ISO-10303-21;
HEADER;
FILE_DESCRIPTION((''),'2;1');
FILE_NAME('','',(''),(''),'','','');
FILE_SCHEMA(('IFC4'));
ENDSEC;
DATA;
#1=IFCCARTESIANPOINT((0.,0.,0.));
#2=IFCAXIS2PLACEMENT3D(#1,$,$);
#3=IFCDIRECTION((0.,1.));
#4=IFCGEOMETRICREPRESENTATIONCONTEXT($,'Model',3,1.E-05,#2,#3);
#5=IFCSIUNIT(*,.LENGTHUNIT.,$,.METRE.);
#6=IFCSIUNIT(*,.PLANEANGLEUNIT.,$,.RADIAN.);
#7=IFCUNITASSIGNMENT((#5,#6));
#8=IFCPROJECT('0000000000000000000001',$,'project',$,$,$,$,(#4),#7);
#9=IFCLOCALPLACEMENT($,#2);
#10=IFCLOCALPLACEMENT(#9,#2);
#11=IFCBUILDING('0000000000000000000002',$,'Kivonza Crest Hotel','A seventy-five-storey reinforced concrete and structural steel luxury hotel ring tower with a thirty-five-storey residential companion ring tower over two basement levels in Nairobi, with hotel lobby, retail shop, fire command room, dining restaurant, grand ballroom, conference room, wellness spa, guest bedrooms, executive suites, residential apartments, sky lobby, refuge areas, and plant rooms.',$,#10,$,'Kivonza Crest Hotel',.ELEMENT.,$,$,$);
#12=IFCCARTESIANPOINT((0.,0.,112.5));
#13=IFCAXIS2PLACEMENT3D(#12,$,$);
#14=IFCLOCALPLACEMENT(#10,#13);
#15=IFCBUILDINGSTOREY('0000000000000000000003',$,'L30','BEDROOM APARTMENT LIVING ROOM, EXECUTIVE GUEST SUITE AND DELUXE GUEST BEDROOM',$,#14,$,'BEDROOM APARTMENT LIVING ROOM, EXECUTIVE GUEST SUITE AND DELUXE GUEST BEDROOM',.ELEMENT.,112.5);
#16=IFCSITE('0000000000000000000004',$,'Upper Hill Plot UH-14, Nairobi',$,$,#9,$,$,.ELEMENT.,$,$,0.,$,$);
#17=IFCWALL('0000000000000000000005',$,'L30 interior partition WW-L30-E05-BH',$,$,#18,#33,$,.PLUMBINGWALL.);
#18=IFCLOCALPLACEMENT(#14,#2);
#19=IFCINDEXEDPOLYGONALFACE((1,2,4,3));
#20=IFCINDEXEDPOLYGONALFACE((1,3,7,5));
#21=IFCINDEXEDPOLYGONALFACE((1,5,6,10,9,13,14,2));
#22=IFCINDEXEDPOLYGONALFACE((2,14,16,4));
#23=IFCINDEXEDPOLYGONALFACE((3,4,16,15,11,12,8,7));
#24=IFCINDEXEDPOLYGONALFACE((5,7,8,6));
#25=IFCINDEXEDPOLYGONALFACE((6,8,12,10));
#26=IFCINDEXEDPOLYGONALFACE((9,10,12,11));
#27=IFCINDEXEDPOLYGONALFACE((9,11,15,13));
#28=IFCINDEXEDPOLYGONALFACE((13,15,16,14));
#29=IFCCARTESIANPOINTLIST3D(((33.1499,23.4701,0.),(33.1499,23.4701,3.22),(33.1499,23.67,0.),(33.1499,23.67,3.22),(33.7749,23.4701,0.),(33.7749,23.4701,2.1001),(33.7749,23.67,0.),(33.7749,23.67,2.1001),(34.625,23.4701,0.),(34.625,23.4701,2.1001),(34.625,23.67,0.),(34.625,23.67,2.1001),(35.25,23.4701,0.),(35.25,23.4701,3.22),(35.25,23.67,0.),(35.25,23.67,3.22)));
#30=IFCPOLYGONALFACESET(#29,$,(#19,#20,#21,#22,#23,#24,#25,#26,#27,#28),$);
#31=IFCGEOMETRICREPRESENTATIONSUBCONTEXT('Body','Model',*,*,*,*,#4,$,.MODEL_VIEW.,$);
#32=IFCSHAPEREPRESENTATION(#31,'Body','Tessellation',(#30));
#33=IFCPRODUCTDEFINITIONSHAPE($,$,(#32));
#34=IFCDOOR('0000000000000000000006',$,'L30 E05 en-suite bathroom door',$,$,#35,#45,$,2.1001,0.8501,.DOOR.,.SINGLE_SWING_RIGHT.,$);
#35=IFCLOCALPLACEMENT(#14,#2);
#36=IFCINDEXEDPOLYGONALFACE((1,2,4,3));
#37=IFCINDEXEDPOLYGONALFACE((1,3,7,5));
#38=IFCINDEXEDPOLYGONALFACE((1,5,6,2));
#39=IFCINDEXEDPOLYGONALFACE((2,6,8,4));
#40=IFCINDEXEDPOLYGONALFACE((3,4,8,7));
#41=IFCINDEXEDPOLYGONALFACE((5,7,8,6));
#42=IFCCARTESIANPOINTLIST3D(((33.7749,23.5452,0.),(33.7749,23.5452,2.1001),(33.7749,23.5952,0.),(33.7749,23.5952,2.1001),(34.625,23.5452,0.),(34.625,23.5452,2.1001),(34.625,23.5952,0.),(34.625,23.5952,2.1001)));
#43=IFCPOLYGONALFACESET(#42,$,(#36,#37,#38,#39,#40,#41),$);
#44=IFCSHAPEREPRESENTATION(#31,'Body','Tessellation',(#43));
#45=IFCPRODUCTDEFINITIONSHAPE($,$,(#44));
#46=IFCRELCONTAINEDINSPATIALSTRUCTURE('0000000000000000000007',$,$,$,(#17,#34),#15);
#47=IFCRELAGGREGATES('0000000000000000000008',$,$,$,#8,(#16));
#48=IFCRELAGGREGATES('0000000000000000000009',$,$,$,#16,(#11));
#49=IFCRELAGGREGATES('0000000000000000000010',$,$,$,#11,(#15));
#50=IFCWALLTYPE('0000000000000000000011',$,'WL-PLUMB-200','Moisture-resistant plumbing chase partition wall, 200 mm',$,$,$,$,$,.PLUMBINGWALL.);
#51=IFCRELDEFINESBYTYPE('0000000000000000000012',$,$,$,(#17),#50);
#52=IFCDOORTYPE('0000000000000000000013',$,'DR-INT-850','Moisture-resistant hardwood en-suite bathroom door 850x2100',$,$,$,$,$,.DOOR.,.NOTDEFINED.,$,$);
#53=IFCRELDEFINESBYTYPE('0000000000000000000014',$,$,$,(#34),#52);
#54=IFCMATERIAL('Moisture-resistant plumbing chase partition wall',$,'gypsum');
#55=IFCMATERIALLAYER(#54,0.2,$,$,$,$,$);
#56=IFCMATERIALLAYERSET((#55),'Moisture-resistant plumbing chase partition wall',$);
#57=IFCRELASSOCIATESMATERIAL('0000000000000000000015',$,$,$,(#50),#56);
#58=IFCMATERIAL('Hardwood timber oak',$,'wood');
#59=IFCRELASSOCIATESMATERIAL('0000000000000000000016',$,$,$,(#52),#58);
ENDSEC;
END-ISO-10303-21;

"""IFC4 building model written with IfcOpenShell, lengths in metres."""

from ifc_helpers import new_model, si_unit, direction, frame, frame_2d, origin, place, context, subcontext, project, spatial, rectangle, extrude, material, layer, layer_set, type_object, element, fill, save


model = new_model("IFC4")

# Units and contexts
model_context = context("Model", 3, precision=1e-05, world=origin(), true_north=direction((0.0, 1.0)))
body_context = subcontext(model_context, "Body", "Model", "MODEL_VIEW")
ifc_project = project(units=[si_unit("LENGTHUNIT", "METRE"), si_unit("PLANEANGLEUNIT", "RADIAN")], contexts=[model_context])

# Site, building, storey
site_placement = place(None, origin())
site = spatial("IfcSite", under=ifc_project, at=site_placement, Name="Upper Hill Plot UH-14, Nairobi", CompositionType="ELEMENT", RefElevation=0.0)
building_placement = place(site_placement, origin())
building = spatial("IfcBuilding", under=site, at=building_placement, Name="Kivonza Crest Hotel", Description="A seventy-five-storey reinforced concrete and structural steel luxury hotel ring tower with a thirty-five-storey residential companion ring tower over two basement levels in Nairobi, with hotel lobby, retail shop, fire command room, dining restaurant, grand ballroom, conference room, wellness spa, guest bedrooms, executive suites, residential apartments, sky lobby, refuge areas, and plant rooms.", LongName="Kivonza Crest Hotel", CompositionType="ELEMENT")
storey_placement = place(building_placement, frame((0.0, 0.0, 112.5)))
storey = spatial("IfcBuildingStorey", under=building, at=storey_placement, Name="L30", Description="BEDROOM APARTMENT LIVING ROOM, EXECUTIVE GUEST SUITE AND DELUXE GUEST BEDROOM", LongName="BEDROOM APARTMENT LIVING ROOM, EXECUTIVE GUEST SUITE AND DELUXE GUEST BEDROOM", CompositionType="ELEMENT", Elevation=112.5)

# Shared definitions
ifc_material_1 = material(Name="Hardwood timber oak", Category="wood")

# Wall, opening, door
ifc_material_2 = material(Name="Moisture-resistant plumbing chase partition wall", Category="gypsum")
ifc_layer_1 = layer(ifc_material_2, 0.2)
ifc_layer_set_1 = layer_set([ifc_layer_1], Name="Moisture-resistant plumbing chase partition wall")
wall_type_1 = type_object("IfcWallType", Name="WL-PLUMB-200", Description="Moisture-resistant plumbing chase partition wall, 200 mm", PredefinedType="PLUMBINGWALL", material=ifc_layer_set_1)
wall_1_placement = place(storey_placement, frame((33.1499, 23.5701, 0.0), z_axis=(0.0, 0.0, 1.0), x_axis=(1.0, 0.0, 0.0)))
wall_1 = element("IfcWall", 1, at=wall_1_placement, inside=storey, type_object=wall_type_1, Name="L30 interior partition WW-L30-E05-BH", PredefinedType="PLUMBINGWALL", context=body_context, shape_type="SweptSolid", body=[
    extrude(rectangle(XDim=2.1001, YDim=0.2, at=frame_2d((1.05, 0.0))), origin(), (0.0, 0.0, 1.0), 3.22),
])
opening_1_placement = place(wall_1_placement, frame((0.625, 0.0, 0.0)))
opening_1 = element("IfcOpeningElement", 2, at=opening_1_placement, cuts=wall_1, PredefinedType="OPENING", context=body_context, shape_type="SweptSolid", body=[
    extrude(rectangle(XDim=0.8501, YDim=2.1001, at=frame_2d((0.425, 1.05))), frame((0.0, 0.1099, 0.0), z_axis=(0.0, -1.0, 0.0), x_axis=(1.0, 0.0, 0.0)), (0.0, 0.0, 1.0), 0.22),
])
door_type_1 = type_object("IfcDoorType", Name="DR-INT-850", Description="Moisture-resistant hardwood en-suite bathroom door 850x2100", OperationType="NOTDEFINED", PredefinedType="DOOR", material=ifc_material_1)
door_1_placement = place(opening_1_placement, frame((0.8501, 0.0, 0.0), z_axis=(0.0, 0.0, 1.0), x_axis=(-1.0, 0.0, 0.0)))
door_1 = element("IfcDoor", 3, at=door_1_placement, inside=storey, type_object=door_type_1, Name="L30 E05 en-suite bathroom door", OperationType="SINGLE_SWING_RIGHT", OverallHeight=2.1001, OverallWidth=0.8501, PredefinedType="DOOR", context=body_context, shape_type="SweptSolid", body=[
    extrude(rectangle(XDim=0.8501, YDim=2.1001, at=frame_2d((0.425, 1.05))), frame((0.0, 0.0249, 0.0), z_axis=(0.0, -1.0, 0.0), x_axis=(1.0, 0.0, 0.0)), (0.0, 0.0, 1.0), 0.05),
])
fill(opening_1, door_1)

save(model, "model.ifc")
